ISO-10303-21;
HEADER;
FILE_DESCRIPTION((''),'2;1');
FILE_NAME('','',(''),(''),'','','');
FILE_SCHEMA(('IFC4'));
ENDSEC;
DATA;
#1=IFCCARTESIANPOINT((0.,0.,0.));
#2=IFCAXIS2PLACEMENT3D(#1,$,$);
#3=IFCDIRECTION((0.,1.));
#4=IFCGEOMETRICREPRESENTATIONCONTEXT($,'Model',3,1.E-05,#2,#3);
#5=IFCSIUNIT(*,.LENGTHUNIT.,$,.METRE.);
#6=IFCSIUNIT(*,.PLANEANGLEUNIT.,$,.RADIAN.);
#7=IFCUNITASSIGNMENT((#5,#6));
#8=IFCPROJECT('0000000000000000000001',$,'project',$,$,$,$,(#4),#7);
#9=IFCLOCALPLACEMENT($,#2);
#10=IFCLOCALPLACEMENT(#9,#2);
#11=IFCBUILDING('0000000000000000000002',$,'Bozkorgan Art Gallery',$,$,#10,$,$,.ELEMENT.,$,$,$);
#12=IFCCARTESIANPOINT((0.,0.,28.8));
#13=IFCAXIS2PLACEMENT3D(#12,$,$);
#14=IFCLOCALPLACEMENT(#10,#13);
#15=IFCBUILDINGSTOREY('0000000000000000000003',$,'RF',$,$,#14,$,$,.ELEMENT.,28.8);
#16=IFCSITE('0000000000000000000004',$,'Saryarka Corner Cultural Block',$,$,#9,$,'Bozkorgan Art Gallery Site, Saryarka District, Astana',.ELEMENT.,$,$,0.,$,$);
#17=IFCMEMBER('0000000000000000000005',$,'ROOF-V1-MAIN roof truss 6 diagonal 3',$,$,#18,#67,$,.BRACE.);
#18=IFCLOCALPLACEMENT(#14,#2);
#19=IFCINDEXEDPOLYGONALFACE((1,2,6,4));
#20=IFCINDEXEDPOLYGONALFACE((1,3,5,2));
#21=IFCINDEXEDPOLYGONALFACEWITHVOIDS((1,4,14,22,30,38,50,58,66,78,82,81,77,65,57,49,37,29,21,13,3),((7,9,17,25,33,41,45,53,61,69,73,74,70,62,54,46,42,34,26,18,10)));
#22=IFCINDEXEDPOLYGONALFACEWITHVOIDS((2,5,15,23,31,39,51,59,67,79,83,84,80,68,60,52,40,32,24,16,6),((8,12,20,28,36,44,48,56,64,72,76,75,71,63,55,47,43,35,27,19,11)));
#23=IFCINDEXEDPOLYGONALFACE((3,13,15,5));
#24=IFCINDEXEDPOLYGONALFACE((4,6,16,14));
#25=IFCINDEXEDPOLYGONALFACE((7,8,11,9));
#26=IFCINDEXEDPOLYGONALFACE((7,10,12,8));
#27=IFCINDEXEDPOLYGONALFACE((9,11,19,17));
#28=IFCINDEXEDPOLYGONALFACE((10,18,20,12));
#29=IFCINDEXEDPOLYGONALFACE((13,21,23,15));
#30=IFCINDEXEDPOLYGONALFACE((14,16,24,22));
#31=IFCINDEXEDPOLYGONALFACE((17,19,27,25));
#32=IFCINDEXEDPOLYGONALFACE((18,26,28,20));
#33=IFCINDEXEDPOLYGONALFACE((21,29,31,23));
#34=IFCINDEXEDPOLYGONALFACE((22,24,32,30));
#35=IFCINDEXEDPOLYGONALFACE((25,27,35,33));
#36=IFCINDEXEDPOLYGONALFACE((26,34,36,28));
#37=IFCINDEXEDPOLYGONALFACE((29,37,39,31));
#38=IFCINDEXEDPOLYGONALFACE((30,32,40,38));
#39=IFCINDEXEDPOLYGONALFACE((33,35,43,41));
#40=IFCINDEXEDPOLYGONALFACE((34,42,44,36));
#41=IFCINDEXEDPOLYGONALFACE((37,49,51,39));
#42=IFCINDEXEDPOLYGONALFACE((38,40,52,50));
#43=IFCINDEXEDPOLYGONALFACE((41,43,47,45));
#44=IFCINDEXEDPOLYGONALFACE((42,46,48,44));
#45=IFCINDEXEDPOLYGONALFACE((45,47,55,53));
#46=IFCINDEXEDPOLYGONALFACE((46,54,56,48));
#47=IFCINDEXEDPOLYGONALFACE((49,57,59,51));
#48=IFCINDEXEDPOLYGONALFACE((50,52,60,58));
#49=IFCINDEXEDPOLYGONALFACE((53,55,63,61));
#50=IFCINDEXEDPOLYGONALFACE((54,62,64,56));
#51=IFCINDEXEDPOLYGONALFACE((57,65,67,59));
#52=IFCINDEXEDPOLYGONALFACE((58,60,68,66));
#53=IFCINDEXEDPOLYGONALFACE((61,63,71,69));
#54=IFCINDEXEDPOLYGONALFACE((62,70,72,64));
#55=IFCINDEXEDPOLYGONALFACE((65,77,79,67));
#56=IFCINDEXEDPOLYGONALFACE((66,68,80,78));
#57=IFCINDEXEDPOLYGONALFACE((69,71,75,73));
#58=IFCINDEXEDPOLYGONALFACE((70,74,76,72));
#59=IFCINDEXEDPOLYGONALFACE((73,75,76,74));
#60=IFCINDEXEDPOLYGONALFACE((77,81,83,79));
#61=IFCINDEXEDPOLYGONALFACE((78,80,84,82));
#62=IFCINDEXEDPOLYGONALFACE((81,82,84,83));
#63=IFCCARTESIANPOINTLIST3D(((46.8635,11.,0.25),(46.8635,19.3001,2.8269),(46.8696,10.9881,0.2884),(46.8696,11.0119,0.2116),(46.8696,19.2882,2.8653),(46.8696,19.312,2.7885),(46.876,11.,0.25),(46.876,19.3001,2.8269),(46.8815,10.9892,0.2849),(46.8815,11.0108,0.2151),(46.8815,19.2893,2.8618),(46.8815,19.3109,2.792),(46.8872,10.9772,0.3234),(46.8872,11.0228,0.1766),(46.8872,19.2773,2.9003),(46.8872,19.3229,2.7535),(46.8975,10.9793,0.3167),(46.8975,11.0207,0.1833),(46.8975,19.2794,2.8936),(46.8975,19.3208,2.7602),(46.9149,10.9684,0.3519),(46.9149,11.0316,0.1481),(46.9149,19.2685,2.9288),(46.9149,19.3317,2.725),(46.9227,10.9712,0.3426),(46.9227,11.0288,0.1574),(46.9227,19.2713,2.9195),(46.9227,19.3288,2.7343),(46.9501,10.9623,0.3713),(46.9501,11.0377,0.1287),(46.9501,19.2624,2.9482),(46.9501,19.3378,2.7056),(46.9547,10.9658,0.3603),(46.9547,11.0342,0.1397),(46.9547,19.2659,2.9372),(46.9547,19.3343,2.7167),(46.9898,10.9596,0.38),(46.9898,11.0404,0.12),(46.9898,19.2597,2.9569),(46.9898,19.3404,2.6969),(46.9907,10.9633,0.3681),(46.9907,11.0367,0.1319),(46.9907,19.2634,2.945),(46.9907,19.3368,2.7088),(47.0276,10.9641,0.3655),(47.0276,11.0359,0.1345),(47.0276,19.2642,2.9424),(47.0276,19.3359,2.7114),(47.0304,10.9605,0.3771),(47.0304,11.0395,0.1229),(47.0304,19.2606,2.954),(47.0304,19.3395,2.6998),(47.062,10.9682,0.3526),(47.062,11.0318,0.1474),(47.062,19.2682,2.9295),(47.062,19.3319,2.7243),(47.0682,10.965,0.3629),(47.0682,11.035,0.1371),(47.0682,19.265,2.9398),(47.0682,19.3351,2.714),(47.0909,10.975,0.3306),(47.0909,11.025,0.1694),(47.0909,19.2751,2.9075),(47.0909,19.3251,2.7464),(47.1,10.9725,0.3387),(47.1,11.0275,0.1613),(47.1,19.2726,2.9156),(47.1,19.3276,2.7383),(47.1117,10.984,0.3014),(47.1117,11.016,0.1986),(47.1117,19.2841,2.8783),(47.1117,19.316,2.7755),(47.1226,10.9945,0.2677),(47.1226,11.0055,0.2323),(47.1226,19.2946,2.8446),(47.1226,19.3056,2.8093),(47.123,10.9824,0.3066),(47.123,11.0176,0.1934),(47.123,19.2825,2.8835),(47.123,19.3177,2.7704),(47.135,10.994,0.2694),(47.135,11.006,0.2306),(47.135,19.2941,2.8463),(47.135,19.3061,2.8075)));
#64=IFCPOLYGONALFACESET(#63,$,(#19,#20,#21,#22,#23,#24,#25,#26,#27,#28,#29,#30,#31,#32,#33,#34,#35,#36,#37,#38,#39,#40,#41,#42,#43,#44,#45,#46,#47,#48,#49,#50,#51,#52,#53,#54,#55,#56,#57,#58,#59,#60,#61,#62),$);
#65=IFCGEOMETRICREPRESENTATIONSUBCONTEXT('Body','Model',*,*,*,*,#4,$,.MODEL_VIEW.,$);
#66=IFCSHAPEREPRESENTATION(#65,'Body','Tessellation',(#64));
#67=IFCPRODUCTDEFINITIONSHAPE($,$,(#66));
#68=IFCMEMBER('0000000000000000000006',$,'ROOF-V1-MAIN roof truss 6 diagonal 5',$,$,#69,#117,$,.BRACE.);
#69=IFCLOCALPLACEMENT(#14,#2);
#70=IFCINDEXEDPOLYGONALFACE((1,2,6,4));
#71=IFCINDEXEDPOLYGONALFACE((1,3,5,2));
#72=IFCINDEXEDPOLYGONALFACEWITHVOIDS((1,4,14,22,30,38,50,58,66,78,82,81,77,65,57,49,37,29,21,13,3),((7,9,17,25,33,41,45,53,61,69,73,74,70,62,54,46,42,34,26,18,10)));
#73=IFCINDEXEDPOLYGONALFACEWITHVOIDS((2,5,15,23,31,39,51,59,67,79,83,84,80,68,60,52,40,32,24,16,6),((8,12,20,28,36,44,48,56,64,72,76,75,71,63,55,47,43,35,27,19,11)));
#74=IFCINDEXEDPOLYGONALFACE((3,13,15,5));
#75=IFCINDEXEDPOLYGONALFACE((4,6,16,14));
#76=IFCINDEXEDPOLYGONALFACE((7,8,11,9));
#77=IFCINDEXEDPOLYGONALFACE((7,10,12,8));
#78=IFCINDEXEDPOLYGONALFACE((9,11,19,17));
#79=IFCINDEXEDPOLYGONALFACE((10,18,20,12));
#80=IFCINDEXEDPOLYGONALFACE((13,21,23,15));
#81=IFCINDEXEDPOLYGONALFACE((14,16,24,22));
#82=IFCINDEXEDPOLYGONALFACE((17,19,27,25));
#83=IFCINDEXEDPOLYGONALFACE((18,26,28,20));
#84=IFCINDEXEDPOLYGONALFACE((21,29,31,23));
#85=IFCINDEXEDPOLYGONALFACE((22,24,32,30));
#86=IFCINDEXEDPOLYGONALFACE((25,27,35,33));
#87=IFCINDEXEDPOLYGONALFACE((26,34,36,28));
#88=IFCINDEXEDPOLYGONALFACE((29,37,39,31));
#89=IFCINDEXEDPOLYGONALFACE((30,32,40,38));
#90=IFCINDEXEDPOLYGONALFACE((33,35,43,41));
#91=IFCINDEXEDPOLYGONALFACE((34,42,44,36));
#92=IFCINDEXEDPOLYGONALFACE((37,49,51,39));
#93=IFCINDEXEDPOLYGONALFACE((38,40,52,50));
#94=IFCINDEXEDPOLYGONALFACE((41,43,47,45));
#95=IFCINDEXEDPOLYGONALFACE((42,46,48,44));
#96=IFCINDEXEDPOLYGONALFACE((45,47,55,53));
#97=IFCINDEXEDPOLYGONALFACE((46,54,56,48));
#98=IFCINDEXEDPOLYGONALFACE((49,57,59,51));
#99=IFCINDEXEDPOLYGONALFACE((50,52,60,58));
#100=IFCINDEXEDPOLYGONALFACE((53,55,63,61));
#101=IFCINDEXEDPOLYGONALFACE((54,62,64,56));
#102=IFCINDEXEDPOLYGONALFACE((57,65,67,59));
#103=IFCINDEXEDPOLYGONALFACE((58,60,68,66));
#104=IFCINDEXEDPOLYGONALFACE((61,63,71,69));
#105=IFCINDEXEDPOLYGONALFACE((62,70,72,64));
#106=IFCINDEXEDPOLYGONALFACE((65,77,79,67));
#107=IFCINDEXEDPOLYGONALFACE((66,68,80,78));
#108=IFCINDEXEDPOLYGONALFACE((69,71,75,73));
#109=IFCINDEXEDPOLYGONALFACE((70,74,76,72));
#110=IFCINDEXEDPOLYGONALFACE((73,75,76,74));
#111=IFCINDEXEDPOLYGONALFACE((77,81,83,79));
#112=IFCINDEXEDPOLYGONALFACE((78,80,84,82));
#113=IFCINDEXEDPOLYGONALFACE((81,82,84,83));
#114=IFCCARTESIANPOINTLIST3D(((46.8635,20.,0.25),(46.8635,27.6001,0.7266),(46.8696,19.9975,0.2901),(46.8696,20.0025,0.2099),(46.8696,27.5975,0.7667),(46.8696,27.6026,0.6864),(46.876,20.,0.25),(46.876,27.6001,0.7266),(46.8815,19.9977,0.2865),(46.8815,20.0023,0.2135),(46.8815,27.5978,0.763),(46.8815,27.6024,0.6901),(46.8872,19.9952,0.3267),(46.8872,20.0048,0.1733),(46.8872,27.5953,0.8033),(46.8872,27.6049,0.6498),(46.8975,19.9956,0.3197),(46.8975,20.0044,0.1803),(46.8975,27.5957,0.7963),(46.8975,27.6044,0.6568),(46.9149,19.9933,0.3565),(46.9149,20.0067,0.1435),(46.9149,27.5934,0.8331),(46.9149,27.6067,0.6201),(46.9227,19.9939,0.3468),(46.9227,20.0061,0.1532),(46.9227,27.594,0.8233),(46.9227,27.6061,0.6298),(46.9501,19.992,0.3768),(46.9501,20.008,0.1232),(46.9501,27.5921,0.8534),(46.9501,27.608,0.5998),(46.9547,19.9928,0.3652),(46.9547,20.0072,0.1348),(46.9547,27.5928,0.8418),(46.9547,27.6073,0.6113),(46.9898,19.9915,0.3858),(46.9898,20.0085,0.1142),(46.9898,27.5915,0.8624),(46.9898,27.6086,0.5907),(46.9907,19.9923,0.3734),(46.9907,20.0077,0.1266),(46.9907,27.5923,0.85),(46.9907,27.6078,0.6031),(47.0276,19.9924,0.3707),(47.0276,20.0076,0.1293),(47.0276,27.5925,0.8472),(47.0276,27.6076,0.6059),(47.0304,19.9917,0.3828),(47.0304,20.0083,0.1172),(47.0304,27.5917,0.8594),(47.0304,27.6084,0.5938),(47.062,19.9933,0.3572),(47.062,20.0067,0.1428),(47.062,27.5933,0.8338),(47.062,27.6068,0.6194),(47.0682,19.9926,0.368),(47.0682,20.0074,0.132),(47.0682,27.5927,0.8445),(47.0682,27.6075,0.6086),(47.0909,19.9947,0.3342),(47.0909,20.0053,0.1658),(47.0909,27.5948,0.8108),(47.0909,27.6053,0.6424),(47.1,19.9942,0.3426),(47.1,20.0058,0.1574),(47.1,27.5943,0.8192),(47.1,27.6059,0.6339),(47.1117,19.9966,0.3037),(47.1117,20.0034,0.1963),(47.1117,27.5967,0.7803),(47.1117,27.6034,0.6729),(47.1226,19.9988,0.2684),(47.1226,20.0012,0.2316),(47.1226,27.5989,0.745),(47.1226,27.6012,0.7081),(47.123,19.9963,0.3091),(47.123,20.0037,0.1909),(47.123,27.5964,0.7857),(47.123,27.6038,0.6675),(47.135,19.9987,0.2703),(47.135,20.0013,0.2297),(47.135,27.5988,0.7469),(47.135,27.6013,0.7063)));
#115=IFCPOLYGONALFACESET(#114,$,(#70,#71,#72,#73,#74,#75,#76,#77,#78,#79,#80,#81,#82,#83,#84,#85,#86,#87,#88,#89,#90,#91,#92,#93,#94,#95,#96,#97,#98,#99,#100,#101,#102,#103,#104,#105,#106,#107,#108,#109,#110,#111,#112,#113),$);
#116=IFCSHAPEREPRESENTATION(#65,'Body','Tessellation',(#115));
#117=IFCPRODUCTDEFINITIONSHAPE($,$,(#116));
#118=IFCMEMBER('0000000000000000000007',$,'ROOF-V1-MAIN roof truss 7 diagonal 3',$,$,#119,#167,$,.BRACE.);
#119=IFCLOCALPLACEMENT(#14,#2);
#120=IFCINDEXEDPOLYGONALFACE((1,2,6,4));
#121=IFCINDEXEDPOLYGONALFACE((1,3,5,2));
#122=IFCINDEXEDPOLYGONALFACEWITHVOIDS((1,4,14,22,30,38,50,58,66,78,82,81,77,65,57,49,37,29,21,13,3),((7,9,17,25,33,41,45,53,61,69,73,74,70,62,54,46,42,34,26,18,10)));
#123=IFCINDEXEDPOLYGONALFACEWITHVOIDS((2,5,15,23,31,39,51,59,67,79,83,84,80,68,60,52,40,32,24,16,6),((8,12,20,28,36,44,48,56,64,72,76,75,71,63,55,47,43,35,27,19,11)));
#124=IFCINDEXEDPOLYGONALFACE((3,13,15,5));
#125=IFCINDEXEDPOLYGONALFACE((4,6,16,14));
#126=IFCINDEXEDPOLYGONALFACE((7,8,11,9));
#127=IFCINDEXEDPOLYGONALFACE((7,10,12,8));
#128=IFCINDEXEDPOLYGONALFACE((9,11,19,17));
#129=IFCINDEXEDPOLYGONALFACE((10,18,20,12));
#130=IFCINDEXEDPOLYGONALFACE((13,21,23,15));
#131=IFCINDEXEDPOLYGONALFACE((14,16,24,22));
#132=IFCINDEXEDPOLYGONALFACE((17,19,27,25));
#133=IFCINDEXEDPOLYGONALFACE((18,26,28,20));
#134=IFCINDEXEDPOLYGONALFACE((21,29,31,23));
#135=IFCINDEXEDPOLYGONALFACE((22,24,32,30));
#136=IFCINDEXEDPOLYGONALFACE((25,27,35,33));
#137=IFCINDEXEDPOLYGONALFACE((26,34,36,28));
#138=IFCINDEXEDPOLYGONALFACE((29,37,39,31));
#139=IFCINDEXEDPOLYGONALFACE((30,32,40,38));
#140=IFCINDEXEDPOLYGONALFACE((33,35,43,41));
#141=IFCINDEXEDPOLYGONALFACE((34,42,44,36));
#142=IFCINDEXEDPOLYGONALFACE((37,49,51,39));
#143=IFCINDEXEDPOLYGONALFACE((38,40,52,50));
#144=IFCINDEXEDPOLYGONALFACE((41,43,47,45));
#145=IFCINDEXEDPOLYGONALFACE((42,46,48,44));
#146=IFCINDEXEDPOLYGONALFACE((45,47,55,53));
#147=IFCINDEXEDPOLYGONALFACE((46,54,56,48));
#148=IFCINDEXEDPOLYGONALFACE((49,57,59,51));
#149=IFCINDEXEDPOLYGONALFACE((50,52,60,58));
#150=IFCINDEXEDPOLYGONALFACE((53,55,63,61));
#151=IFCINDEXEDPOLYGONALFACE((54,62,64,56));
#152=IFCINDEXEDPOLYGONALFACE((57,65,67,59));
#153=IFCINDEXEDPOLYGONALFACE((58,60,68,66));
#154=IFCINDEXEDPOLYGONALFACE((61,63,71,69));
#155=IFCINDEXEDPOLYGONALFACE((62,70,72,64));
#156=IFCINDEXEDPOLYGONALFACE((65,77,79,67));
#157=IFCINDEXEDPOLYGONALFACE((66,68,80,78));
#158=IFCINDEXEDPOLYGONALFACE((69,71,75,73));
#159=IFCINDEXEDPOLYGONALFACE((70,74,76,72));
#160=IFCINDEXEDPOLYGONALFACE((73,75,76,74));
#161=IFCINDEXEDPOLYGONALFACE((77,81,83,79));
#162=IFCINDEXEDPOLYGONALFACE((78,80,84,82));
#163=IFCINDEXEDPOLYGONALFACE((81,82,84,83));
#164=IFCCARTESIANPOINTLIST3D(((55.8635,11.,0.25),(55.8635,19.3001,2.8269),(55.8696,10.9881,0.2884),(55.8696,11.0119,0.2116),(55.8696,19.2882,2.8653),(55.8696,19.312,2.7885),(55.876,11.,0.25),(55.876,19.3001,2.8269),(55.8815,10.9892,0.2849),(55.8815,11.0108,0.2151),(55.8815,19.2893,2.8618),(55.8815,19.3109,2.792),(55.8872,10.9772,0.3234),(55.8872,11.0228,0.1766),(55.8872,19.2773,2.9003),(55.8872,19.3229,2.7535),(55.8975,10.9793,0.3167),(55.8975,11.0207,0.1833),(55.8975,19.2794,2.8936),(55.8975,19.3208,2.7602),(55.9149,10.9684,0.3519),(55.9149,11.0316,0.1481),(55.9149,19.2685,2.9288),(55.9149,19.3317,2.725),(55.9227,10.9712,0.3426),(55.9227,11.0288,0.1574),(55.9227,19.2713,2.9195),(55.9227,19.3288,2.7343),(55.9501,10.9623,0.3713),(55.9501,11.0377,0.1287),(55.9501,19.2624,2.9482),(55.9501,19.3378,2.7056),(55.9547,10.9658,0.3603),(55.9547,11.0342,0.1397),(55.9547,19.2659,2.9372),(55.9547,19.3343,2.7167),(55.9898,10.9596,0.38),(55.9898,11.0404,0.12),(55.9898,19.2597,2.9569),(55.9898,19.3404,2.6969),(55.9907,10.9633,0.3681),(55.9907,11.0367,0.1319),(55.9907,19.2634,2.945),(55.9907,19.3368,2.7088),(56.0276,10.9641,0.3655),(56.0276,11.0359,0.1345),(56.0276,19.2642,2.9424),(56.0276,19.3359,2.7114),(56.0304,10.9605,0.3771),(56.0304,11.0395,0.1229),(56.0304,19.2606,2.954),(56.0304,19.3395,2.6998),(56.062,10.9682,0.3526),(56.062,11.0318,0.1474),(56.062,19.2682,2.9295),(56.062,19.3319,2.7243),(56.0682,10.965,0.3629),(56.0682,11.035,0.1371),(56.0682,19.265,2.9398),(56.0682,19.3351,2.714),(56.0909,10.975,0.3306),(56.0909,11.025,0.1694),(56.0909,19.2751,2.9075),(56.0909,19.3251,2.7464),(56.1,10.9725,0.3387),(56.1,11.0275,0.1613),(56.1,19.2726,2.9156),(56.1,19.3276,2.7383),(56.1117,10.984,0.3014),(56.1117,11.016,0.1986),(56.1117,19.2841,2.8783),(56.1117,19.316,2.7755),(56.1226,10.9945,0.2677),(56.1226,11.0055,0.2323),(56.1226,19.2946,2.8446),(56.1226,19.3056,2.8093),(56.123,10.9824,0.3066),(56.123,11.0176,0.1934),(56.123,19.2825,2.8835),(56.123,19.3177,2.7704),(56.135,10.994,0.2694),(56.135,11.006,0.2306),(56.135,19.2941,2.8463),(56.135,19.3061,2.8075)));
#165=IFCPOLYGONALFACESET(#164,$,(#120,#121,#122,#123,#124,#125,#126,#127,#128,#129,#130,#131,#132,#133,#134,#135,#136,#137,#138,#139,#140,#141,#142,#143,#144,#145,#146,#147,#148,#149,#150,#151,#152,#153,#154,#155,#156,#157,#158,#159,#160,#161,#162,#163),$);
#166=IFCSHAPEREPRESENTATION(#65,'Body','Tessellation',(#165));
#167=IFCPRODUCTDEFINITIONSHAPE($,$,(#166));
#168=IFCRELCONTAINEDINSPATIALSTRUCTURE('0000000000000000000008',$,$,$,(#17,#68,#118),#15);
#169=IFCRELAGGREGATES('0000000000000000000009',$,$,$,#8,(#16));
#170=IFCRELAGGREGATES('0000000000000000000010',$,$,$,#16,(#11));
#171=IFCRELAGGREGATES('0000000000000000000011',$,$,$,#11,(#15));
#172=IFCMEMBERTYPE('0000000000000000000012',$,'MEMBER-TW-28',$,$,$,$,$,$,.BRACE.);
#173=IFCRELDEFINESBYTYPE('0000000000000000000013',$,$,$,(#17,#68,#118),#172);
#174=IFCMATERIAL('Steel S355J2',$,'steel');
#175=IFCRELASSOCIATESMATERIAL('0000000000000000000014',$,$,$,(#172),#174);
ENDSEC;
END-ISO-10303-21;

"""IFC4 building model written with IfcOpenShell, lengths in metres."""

from ifc_helpers import new_model, si_unit, direction, frame, origin, origin_2d, place, context, subcontext, project, spatial, hollow_circle, extrude, material, material_profile, profile_set, type_object, element, save


model = new_model("IFC4")

# Units and contexts
model_context = context("Model", 3, precision=1e-05, world=origin(), true_north=direction((0.0, 1.0)))
body_context = subcontext(model_context, "Body", "Model", "MODEL_VIEW")
ifc_project = project(units=[si_unit("LENGTHUNIT", "METRE"), si_unit("PLANEANGLEUNIT", "RADIAN")], contexts=[model_context])

# Site, building, storey
site_placement = place(None, origin())
site = spatial("IfcSite", under=ifc_project, at=site_placement, Name="Saryarka Corner Cultural Block", LongName="Bozkorgan Art Gallery Site, Saryarka District, Astana", CompositionType="ELEMENT", RefElevation=0.0)
building_placement = place(site_placement, origin())
building = spatial("IfcBuilding", under=site, at=building_placement, Name="Bozkorgan Art Gallery", CompositionType="ELEMENT")
storey_placement = place(building_placement, frame((0.0, 0.0, 28.8)))
storey = spatial("IfcBuildingStorey", under=building, at=storey_placement, Name="RF", CompositionType="ELEMENT", Elevation=28.8)

# Members
ifc_material_1 = material(Name="Steel S355J2", Category="steel")
ifc_material_profile_1 = material_profile(ifc_material_1, hollow_circle(Radius=0.1365, WallThickness=0.0125, at=origin_2d()), Name="CHS 273x12.5")
ifc_profile_set_1 = profile_set([ifc_material_profile_1], Name="Steel S355J2")
member_type_1 = type_object("IfcMemberType", Name="MEMBER-TW-28", PredefinedType="BRACE", material=ifc_profile_set_1)
member_1_placement = place(storey_placement, frame((47.0, 11.0, 0.25), z_axis=(0.0, 0.955031, 0.296507), x_axis=(-1.0, 0.0, 0.0)))
element("IfcMember", 1, at=member_1_placement, inside=storey, type_object=member_type_1, Name="ROOF-V1-MAIN roof truss 6 diagonal 3", PredefinedType="BRACE", context=body_context, shape_type="SweptSolid", body=[
    extrude(hollow_circle(Radius=0.1365, WallThickness=0.0125, at=origin_2d()), origin(), (0.0, 0.0, 1.0), 8.6909),
])
member_2_placement = place(storey_placement, frame((47.0, 20.0, 0.25), z_axis=(0.0, 0.99804, 0.062582), x_axis=(-1.0, 0.0, 0.0)))
element("IfcMember", 2, at=member_2_placement, inside=storey, type_object=member_type_1, Name="ROOF-V1-MAIN roof truss 6 diagonal 5", PredefinedType="BRACE", context=body_context, shape_type="SweptSolid", body=[
    extrude(hollow_circle(Radius=0.1365, WallThickness=0.0125, at=origin_2d()), origin(), (0.0, 0.0, 1.0), 7.615),
])
member_3_placement = place(storey_placement, frame((56.0, 11.0, 0.25), z_axis=(0.0, 0.955031, 0.296507), x_axis=(-1.0, 0.0, 0.0)))
element("IfcMember", 3, at=member_3_placement, inside=storey, type_object=member_type_1, Name="ROOF-V1-MAIN roof truss 7 diagonal 3", PredefinedType="BRACE", context=body_context, shape_type="SweptSolid", body=[
    extrude(hollow_circle(Radius=0.1365, WallThickness=0.0125, at=origin_2d()), origin(), (0.0, 0.0, 1.0), 8.6909),
])

save(model, "model.ifc")
